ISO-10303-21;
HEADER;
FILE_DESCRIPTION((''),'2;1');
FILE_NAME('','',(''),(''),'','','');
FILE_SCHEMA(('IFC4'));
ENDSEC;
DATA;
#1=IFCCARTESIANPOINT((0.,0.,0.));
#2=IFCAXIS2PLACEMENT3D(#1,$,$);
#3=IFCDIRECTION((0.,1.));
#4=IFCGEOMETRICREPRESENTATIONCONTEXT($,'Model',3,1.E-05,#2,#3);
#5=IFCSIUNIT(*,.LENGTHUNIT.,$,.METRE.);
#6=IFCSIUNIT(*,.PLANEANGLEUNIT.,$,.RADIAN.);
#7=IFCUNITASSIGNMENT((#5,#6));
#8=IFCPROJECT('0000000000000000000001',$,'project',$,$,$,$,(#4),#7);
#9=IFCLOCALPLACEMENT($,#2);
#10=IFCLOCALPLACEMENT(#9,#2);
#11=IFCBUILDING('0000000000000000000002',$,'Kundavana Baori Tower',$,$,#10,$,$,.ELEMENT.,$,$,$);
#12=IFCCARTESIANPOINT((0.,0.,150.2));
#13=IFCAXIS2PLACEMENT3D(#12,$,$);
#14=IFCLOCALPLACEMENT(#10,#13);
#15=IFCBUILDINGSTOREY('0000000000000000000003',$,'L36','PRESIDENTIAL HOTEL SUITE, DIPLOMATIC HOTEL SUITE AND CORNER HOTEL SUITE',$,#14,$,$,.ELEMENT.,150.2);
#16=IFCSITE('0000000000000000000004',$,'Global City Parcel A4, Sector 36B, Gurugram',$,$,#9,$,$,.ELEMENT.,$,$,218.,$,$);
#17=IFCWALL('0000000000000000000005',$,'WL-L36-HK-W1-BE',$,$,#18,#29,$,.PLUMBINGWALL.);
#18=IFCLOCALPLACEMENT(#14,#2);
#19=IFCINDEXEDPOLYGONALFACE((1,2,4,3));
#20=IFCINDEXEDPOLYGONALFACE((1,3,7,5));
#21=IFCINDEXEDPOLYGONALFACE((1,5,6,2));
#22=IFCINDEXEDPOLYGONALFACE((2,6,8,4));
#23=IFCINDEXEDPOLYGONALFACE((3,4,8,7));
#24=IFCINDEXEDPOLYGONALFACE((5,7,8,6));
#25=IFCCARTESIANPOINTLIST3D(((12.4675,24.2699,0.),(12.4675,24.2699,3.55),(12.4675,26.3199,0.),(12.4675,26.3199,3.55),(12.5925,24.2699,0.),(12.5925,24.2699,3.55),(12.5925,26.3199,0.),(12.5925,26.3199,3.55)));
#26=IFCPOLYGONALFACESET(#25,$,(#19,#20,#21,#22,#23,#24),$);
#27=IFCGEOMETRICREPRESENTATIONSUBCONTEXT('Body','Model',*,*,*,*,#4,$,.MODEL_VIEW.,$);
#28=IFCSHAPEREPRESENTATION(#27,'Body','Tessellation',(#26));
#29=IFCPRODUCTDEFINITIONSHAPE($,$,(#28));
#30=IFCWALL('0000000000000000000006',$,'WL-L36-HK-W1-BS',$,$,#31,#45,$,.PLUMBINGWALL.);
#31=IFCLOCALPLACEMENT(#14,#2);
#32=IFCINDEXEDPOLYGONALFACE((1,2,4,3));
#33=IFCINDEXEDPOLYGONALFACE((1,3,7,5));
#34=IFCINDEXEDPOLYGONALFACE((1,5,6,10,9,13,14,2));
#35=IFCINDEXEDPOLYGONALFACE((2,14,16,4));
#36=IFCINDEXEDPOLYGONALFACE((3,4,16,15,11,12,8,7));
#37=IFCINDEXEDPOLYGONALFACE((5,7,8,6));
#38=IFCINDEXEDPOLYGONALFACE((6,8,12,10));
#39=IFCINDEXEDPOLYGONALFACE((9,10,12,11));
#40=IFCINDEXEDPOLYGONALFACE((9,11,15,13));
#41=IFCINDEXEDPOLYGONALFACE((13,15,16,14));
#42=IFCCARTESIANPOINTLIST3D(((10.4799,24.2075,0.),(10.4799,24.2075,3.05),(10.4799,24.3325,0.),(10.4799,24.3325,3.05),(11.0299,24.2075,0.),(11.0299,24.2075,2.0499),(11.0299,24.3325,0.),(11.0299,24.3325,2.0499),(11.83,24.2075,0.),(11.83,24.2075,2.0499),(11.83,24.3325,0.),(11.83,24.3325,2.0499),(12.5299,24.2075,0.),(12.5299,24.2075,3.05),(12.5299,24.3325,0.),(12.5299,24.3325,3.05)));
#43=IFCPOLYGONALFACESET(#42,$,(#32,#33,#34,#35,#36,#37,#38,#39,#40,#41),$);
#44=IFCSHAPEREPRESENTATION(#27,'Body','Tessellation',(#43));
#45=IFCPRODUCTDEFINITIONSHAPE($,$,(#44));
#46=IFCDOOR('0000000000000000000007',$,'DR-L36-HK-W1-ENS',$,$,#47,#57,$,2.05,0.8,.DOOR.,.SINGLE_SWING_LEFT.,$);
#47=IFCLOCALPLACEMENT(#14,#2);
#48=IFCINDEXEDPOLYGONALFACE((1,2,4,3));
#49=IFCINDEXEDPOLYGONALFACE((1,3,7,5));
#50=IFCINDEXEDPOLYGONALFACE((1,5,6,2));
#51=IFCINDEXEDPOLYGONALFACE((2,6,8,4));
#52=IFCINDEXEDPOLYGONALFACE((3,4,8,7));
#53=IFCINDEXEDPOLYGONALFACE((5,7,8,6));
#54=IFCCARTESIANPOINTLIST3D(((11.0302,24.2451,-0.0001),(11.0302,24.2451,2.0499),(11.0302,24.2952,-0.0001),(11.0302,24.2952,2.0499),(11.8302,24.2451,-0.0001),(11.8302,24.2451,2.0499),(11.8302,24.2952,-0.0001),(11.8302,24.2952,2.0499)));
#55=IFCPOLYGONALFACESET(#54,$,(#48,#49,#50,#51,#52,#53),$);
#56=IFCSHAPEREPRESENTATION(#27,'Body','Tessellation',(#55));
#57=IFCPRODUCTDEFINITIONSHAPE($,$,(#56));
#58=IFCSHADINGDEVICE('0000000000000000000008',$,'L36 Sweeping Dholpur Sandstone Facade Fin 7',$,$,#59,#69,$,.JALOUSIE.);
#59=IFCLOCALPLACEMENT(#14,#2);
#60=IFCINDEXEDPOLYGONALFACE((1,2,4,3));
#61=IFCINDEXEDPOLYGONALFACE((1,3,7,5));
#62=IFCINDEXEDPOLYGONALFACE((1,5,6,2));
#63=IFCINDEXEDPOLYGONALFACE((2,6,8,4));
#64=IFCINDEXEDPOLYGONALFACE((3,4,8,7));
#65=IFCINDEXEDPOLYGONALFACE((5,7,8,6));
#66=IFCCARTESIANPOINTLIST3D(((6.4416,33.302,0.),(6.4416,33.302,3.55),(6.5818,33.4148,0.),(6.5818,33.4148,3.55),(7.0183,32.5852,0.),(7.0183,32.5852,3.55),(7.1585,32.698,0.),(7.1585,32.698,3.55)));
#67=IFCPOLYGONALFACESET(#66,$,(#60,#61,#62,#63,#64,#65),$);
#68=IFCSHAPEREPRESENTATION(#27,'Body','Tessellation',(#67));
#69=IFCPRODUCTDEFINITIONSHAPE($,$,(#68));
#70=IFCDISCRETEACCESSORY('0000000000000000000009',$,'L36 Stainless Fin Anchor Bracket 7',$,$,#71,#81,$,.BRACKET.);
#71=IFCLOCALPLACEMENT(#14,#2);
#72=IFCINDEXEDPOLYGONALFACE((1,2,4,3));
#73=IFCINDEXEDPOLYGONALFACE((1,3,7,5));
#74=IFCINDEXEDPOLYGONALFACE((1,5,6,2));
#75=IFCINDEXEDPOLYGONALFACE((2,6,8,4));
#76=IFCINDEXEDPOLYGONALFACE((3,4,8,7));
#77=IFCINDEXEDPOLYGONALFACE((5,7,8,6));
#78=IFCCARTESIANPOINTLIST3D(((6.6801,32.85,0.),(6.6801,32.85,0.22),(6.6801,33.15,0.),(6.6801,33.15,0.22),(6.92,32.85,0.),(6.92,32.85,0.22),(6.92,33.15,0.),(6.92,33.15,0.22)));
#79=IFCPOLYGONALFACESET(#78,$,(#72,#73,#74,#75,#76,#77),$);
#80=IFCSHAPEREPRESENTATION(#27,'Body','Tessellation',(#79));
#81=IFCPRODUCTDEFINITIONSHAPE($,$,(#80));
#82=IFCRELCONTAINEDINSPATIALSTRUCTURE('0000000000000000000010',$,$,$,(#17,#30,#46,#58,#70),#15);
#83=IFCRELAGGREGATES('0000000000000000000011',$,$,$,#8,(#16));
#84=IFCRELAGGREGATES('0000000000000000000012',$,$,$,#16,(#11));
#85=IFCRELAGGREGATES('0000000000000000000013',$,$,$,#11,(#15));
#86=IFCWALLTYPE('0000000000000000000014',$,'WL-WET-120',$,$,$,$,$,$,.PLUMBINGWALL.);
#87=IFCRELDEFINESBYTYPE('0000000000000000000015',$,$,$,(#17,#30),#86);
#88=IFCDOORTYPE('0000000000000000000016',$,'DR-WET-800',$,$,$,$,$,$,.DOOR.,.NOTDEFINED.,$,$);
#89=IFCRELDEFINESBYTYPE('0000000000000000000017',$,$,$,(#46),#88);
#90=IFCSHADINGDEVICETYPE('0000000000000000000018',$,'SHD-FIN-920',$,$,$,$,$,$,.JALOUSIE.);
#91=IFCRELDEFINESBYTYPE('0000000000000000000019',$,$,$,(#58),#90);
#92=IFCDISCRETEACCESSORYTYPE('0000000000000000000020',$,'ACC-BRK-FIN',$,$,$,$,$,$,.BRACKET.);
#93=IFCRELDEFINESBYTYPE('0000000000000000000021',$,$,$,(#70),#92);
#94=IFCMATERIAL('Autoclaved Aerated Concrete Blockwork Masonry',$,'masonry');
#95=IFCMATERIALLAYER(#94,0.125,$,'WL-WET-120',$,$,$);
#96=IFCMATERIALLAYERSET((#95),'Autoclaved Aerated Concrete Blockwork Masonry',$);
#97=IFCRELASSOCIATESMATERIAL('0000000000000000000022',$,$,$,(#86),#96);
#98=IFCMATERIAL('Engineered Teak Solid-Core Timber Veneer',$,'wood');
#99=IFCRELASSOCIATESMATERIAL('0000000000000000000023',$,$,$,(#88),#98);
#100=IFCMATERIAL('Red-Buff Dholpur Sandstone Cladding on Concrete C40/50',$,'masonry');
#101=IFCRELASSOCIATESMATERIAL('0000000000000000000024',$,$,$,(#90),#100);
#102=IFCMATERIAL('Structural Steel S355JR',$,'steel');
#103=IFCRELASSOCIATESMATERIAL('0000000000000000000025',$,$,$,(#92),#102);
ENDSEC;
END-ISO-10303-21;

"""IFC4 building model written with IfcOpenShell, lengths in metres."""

from ifc_helpers import new_model, si_unit, direction, frame, frame_2d, origin, origin_2d, place, context, subcontext, project, spatial, rectangle, extrude, material, layer, layer_set, type_object, element, fill, save


model = new_model("IFC4")

# Units and contexts
model_context = context("Model", 3, precision=1e-05, world=origin(), true_north=direction((0.0, 1.0)))
body_context = subcontext(model_context, "Body", "Model", "MODEL_VIEW")
ifc_project = project(units=[si_unit("LENGTHUNIT", "METRE"), si_unit("PLANEANGLEUNIT", "RADIAN")], contexts=[model_context])

# Site, building, storey
site_placement = place(None, origin())
site = spatial("IfcSite", under=ifc_project, at=site_placement, Name="Global City Parcel A4, Sector 36B, Gurugram", CompositionType="ELEMENT", RefElevation=218.0)
building_placement = place(site_placement, origin())
building = spatial("IfcBuilding", under=site, at=building_placement, Name="Kundavana Baori Tower", CompositionType="ELEMENT")
storey_placement = place(building_placement, frame((0.0, 0.0, 150.2)))
storey = spatial("IfcBuildingStorey", under=building, at=storey_placement, Name="L36", Description="PRESIDENTIAL HOTEL SUITE, DIPLOMATIC HOTEL SUITE AND CORNER HOTEL SUITE", CompositionType="ELEMENT", Elevation=150.2)

# Wall
ifc_material_1 = material(Name="Autoclaved Aerated Concrete Blockwork Masonry", Category="masonry")
ifc_layer_1 = layer(ifc_material_1, 0.125, Name="WL-WET-120")
ifc_layer_set_1 = layer_set([ifc_layer_1], Name="Autoclaved Aerated Concrete Blockwork Masonry")
wall_type_1 = type_object("IfcWallType", Name="WL-WET-120", PredefinedType="PLUMBINGWALL", material=ifc_layer_set_1)
wall_1_placement = place(storey_placement, frame((12.53, 24.27, 0.0), z_axis=(0.0, 0.0, 1.0), x_axis=(0.0, 1.0, 0.0)))
element("IfcWall", 1, at=wall_1_placement, inside=storey, type_object=wall_type_1, Name="WL-L36-HK-W1-BE", PredefinedType="PLUMBINGWALL", context=body_context, shape_type="SweptSolid", body=[
    extrude(rectangle(XDim=2.05, YDim=0.125, at=frame_2d((1.0249, 0.0))), origin(), (0.0, 0.0, 1.0), 3.55),
])

# Wall, opening, door
wall_2_placement = place(storey_placement, frame((10.48, 24.27, 0.0), z_axis=(0.0, 0.0, 1.0), x_axis=(1.0, 0.0, 0.0)))
wall_2 = element("IfcWall", 2, at=wall_2_placement, inside=storey, type_object=wall_type_1, Name="WL-L36-HK-W1-BS", PredefinedType="PLUMBINGWALL", context=body_context, shape_type="SweptSolid", body=[
    extrude(rectangle(XDim=2.05, YDim=0.125, at=frame_2d((1.0249, 0.0))), origin(), (0.0, 0.0, 1.0), 3.05),
])
opening_1_placement = place(wall_2_placement, frame((0.55, 0.0, 0.0)))
opening_1 = element("IfcOpeningElement", 3, at=opening_1_placement, cuts=wall_2, PredefinedType="OPENING", context=body_context, shape_type="SweptSolid", body=[
    extrude(rectangle(XDim=0.8, YDim=2.05, at=frame_2d((0.3999, 1.0249))), frame((0.0, 0.0725, 0.0), z_axis=(0.0, -1.0, 0.0), x_axis=(1.0, 0.0, 0.0)), (0.0, 0.0, 1.0), 0.145),
])
ifc_material_2 = material(Name="Engineered Teak Solid-Core Timber Veneer", Category="wood")
door_type_1 = type_object("IfcDoorType", Name="DR-WET-800", OperationType="NOTDEFINED", PredefinedType="DOOR", material=ifc_material_2)
door_1_placement = place(opening_1_placement, frame((0.8, 0.0, 0.0), z_axis=(0.0, 0.0, 1.0), x_axis=(-1.0, 0.0, 0.0)))
door_1 = element("IfcDoor", 4, at=door_1_placement, inside=storey, type_object=door_type_1, Name="DR-L36-HK-W1-ENS", OperationType="SINGLE_SWING_LEFT", OverallHeight=2.05, OverallWidth=0.8, PredefinedType="DOOR", context=body_context, shape_type="SweptSolid", body=[
    extrude(rectangle(XDim=0.8, YDim=2.05, at=frame_2d((0.3999, 1.0249))), frame((0.0, 0.0249, 0.0), z_axis=(0.0, -1.0, 0.0), x_axis=(1.0, 0.0, 0.0)), (0.0, 0.0, 1.0), 0.05),
])
fill(opening_1, door_1)

# Shading device
ifc_material_3 = material(Name="Red-Buff Dholpur Sandstone Cladding on Concrete C40/50", Category="masonry")
shading_device_type = type_object("IfcShadingDeviceType", Name="SHD-FIN-920", PredefinedType="JALOUSIE", material=ifc_material_3)
shading_device_placement = place(storey_placement, frame((6.8, 33.0, 0.0), z_axis=(0.0, 0.0, 1.0), x_axis=(0.779119, 0.626876, 0.0)))
element("IfcShadingDevice", 5, at=shading_device_placement, inside=storey, type_object=shading_device_type, Name="L36 Sweeping Dholpur Sandstone Facade Fin 7", PredefinedType="JALOUSIE", context=body_context, shape_type="SweptSolid", body=[
    extrude(rectangle(XDim=0.1799, YDim=0.9199, at=origin_2d()), origin(), (0.0, 0.0, 1.0), 3.55),
])

# Discrete accessory
ifc_material_4 = material(Name="Structural Steel S355JR", Category="steel")
discrete_accessory_type = type_object("IfcDiscreteAccessoryType", Name="ACC-BRK-FIN", PredefinedType="BRACKET", material=ifc_material_4)
discrete_accessory_placement = place(storey_placement, frame((6.8, 33.0, 0.0), z_axis=(0.0, 0.0, 1.0), x_axis=(1.0, 0.0, 0.0)))
element("IfcDiscreteAccessory", 6, at=discrete_accessory_placement, inside=storey, type_object=discrete_accessory_type, Name="L36 Stainless Fin Anchor Bracket 7", PredefinedType="BRACKET", context=body_context, shape_type="SweptSolid", body=[
    extrude(rectangle(XDim=0.24, YDim=0.3, at=origin_2d()), origin(), (0.0, 0.0, 1.0), 0.22),
])

save(model, "model.ifc")
